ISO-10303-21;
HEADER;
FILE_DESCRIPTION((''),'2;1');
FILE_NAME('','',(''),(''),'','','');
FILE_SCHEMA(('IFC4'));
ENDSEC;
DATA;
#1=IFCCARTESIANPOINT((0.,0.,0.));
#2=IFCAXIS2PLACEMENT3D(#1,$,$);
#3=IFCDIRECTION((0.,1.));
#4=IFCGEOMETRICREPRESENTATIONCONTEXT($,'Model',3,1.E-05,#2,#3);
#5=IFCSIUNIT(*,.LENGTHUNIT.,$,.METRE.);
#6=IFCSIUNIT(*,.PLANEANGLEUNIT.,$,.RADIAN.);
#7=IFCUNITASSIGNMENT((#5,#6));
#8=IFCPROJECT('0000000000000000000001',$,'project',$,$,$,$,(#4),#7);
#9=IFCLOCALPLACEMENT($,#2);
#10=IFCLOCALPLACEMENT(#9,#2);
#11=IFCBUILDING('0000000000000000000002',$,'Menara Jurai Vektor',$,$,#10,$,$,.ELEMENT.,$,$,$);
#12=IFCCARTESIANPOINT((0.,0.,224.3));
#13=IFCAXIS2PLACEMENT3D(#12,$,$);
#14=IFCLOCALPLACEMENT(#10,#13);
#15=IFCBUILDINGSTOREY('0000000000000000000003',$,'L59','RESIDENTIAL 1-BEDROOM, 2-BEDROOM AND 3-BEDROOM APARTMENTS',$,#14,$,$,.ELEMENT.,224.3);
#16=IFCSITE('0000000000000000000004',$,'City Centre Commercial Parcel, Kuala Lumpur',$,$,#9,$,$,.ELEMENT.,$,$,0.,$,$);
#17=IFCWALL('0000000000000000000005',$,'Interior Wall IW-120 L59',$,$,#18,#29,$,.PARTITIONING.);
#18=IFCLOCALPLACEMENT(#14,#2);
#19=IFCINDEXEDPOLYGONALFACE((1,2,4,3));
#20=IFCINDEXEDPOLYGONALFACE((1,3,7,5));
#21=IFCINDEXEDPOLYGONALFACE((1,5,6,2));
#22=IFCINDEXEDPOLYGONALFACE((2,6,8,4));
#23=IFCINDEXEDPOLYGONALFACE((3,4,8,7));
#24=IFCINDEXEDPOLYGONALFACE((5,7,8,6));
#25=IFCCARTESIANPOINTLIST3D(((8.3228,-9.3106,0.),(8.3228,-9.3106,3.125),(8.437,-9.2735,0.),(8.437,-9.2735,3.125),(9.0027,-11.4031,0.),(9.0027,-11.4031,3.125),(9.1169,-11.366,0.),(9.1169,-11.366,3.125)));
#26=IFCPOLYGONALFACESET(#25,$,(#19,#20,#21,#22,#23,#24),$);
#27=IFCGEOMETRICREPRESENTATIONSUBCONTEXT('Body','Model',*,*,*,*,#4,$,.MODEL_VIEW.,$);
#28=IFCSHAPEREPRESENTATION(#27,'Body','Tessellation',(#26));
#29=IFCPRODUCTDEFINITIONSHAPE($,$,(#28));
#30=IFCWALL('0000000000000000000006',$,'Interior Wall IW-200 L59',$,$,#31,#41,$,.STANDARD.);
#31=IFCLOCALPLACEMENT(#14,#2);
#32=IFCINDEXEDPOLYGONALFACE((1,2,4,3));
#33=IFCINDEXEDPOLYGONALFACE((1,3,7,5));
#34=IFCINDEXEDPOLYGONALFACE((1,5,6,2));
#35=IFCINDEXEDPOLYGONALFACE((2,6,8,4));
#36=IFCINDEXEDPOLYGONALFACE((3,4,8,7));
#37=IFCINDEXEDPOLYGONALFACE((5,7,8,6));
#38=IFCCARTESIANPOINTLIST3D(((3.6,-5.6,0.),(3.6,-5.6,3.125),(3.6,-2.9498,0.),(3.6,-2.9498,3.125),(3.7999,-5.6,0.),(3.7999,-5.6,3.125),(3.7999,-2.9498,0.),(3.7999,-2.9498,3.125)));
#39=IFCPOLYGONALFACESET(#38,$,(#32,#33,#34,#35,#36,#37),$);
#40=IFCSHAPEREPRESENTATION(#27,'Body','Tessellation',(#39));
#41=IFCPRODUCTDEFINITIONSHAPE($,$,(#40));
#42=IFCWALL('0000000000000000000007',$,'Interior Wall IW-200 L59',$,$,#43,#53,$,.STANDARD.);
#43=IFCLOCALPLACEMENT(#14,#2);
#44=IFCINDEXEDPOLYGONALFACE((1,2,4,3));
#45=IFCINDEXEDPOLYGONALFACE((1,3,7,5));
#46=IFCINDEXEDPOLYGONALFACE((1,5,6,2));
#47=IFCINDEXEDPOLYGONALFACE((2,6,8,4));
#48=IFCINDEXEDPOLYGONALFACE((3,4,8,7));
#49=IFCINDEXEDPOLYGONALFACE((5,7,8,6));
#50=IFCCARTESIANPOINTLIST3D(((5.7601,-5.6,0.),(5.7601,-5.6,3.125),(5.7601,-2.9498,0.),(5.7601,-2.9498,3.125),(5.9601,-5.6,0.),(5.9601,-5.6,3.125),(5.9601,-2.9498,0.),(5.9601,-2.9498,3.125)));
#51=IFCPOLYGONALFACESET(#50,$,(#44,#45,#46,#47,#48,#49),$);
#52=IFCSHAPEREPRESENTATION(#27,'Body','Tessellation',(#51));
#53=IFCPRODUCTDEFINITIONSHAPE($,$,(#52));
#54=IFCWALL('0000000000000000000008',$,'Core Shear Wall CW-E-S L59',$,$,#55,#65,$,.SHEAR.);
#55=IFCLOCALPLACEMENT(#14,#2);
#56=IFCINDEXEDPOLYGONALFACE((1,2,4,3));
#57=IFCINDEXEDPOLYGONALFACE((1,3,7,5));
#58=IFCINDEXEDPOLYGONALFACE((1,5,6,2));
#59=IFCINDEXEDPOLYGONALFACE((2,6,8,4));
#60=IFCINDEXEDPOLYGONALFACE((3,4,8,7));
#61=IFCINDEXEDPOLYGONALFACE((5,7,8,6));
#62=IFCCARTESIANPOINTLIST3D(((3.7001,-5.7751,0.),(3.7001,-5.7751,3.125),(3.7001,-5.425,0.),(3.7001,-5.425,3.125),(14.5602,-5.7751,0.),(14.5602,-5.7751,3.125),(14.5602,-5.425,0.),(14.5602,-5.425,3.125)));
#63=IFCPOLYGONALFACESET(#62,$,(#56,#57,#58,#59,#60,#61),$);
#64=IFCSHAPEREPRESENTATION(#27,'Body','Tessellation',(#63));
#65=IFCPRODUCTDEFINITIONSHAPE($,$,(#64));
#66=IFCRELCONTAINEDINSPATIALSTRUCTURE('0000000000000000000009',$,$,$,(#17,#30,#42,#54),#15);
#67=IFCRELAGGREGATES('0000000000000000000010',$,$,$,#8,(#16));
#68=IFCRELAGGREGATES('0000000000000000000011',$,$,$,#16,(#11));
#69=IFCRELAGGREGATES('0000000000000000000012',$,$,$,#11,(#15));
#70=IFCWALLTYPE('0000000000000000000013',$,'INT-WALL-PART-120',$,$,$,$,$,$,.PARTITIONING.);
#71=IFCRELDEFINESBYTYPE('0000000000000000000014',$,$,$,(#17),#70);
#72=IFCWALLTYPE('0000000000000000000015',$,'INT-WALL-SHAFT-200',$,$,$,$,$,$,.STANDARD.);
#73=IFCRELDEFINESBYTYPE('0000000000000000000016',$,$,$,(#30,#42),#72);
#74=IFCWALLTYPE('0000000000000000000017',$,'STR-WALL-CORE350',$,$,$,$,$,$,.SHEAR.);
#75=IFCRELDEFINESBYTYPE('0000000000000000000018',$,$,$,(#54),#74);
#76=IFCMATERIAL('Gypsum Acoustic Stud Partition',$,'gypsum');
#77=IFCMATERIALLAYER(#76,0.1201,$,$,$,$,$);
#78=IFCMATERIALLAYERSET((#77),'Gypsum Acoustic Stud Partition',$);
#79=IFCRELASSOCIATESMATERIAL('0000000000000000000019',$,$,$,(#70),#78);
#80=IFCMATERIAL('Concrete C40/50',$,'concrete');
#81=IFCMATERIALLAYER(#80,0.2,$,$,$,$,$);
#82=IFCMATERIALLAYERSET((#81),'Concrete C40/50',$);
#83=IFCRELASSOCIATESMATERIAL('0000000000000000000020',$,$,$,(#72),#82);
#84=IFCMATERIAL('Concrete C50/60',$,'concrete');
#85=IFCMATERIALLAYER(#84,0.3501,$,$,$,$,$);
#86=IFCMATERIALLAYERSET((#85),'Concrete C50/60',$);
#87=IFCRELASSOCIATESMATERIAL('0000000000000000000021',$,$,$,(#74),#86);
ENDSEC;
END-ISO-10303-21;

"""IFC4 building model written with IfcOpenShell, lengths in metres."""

from ifc_helpers import new_model, si_unit, direction, frame, frame_2d, origin, place, context, subcontext, project, spatial, rectangle, extrude, material, layer, layer_set, type_object, element, save


model = new_model("IFC4")

# Units and contexts
model_context = context("Model", 3, precision=1e-05, world=origin(), true_north=direction((0.0, 1.0)))
body_context = subcontext(model_context, "Body", "Model", "MODEL_VIEW")
ifc_project = project(units=[si_unit("LENGTHUNIT", "METRE"), si_unit("PLANEANGLEUNIT", "RADIAN")], contexts=[model_context])

# Site, building, storey
site_placement = place(None, origin())
site = spatial("IfcSite", under=ifc_project, at=site_placement, Name="City Centre Commercial Parcel, Kuala Lumpur", CompositionType="ELEMENT", RefElevation=0.0)
building_placement = place(site_placement, origin())
building = spatial("IfcBuilding", under=site, at=building_placement, Name="Menara Jurai Vektor", CompositionType="ELEMENT")
storey_placement = place(building_placement, frame((0.0, 0.0, 224.3)))
storey = spatial("IfcBuildingStorey", under=building, at=storey_placement, Name="L59", Description="RESIDENTIAL 1-BEDROOM, 2-BEDROOM AND 3-BEDROOM APARTMENTS", CompositionType="ELEMENT", Elevation=224.3)

# Shared definitions
ifc_material_1 = material(Name="Concrete C50/60", Category="concrete")

# Walls
ifc_material_2 = material(Name="Gypsum Acoustic Stud Partition", Category="gypsum")
ifc_layer_1 = layer(ifc_material_2, 0.1201)
ifc_layer_set_1 = layer_set([ifc_layer_1], Name="Gypsum Acoustic Stud Partition")
wall_type_1 = type_object("IfcWallType", Name="INT-WALL-PART-120", PredefinedType="PARTITIONING", material=ifc_layer_set_1)
wall_1_placement = place(storey_placement, frame((9.0598, -11.3845, 0.0), z_axis=(0.0, 0.0, 1.0), x_axis=(-0.309028, 0.951053, 0.0)))
element("IfcWall", 1, at=wall_1_placement, inside=storey, type_object=wall_type_1, Name="Interior Wall IW-120 L59", PredefinedType="PARTITIONING", context=body_context, shape_type="SweptSolid", body=[
    extrude(rectangle(XDim=2.2002, YDim=0.1201, at=frame_2d((1.1001, 0.0))), origin(), (0.0, 0.0, 1.0), 3.125),
])
ifc_material_3 = material(Name="Concrete C40/50", Category="concrete")
ifc_layer_2 = layer(ifc_material_3, 0.2)
ifc_layer_set_2 = layer_set([ifc_layer_2], Name="Concrete C40/50")
wall_type_2 = type_object("IfcWallType", Name="INT-WALL-SHAFT-200", PredefinedType="STANDARD", material=ifc_layer_set_2)
for number, where, z_axis, x_axis, name in (
    (2, (3.7, -5.6001, 0.0), (0.0, 0.0, 1.0), (0.0, 1.0, 0.0), "Interior Wall IW-200 L59"),
    (3, (5.8601, -5.6001, 0.0), (0.0, 0.0, 1.0), (0.0, 1.0, 0.0), "Interior Wall IW-200 L59"),
):
    element("IfcWall", number, at=place(storey_placement, frame(where, z_axis=z_axis, x_axis=x_axis)), inside=storey, type_object=wall_type_2, Name=name, PredefinedType="STANDARD", context=body_context, shape_type="SweptSolid", body=[
        extrude(rectangle(XDim=2.6501, YDim=0.2, at=frame_2d((1.3252, 0.0))), origin(), (0.0, 0.0, 1.0), 3.125),
    ])
ifc_layer_3 = layer(ifc_material_1, 0.3501)
ifc_layer_set_3 = layer_set([ifc_layer_3], Name="Concrete C50/60")
wall_type_3 = type_object("IfcWallType", Name="STR-WALL-CORE350", PredefinedType="SHEAR", material=ifc_layer_set_3)
wall_2_placement = place(storey_placement, frame((3.7, -5.6001, 0.0), z_axis=(0.0, 0.0, 1.0), x_axis=(1.0, 0.0, 0.0)))
element("IfcWall", 4, at=wall_2_placement, inside=storey, type_object=wall_type_3, Name="Core Shear Wall CW-E-S L59", PredefinedType="SHEAR", context=body_context, shape_type="SweptSolid", body=[
    extrude(rectangle(XDim=10.8601, YDim=0.3501, at=frame_2d((5.4302, 0.0))), origin(), (0.0, 0.0, 1.0), 3.125),
])

save(model, "model.ifc")
